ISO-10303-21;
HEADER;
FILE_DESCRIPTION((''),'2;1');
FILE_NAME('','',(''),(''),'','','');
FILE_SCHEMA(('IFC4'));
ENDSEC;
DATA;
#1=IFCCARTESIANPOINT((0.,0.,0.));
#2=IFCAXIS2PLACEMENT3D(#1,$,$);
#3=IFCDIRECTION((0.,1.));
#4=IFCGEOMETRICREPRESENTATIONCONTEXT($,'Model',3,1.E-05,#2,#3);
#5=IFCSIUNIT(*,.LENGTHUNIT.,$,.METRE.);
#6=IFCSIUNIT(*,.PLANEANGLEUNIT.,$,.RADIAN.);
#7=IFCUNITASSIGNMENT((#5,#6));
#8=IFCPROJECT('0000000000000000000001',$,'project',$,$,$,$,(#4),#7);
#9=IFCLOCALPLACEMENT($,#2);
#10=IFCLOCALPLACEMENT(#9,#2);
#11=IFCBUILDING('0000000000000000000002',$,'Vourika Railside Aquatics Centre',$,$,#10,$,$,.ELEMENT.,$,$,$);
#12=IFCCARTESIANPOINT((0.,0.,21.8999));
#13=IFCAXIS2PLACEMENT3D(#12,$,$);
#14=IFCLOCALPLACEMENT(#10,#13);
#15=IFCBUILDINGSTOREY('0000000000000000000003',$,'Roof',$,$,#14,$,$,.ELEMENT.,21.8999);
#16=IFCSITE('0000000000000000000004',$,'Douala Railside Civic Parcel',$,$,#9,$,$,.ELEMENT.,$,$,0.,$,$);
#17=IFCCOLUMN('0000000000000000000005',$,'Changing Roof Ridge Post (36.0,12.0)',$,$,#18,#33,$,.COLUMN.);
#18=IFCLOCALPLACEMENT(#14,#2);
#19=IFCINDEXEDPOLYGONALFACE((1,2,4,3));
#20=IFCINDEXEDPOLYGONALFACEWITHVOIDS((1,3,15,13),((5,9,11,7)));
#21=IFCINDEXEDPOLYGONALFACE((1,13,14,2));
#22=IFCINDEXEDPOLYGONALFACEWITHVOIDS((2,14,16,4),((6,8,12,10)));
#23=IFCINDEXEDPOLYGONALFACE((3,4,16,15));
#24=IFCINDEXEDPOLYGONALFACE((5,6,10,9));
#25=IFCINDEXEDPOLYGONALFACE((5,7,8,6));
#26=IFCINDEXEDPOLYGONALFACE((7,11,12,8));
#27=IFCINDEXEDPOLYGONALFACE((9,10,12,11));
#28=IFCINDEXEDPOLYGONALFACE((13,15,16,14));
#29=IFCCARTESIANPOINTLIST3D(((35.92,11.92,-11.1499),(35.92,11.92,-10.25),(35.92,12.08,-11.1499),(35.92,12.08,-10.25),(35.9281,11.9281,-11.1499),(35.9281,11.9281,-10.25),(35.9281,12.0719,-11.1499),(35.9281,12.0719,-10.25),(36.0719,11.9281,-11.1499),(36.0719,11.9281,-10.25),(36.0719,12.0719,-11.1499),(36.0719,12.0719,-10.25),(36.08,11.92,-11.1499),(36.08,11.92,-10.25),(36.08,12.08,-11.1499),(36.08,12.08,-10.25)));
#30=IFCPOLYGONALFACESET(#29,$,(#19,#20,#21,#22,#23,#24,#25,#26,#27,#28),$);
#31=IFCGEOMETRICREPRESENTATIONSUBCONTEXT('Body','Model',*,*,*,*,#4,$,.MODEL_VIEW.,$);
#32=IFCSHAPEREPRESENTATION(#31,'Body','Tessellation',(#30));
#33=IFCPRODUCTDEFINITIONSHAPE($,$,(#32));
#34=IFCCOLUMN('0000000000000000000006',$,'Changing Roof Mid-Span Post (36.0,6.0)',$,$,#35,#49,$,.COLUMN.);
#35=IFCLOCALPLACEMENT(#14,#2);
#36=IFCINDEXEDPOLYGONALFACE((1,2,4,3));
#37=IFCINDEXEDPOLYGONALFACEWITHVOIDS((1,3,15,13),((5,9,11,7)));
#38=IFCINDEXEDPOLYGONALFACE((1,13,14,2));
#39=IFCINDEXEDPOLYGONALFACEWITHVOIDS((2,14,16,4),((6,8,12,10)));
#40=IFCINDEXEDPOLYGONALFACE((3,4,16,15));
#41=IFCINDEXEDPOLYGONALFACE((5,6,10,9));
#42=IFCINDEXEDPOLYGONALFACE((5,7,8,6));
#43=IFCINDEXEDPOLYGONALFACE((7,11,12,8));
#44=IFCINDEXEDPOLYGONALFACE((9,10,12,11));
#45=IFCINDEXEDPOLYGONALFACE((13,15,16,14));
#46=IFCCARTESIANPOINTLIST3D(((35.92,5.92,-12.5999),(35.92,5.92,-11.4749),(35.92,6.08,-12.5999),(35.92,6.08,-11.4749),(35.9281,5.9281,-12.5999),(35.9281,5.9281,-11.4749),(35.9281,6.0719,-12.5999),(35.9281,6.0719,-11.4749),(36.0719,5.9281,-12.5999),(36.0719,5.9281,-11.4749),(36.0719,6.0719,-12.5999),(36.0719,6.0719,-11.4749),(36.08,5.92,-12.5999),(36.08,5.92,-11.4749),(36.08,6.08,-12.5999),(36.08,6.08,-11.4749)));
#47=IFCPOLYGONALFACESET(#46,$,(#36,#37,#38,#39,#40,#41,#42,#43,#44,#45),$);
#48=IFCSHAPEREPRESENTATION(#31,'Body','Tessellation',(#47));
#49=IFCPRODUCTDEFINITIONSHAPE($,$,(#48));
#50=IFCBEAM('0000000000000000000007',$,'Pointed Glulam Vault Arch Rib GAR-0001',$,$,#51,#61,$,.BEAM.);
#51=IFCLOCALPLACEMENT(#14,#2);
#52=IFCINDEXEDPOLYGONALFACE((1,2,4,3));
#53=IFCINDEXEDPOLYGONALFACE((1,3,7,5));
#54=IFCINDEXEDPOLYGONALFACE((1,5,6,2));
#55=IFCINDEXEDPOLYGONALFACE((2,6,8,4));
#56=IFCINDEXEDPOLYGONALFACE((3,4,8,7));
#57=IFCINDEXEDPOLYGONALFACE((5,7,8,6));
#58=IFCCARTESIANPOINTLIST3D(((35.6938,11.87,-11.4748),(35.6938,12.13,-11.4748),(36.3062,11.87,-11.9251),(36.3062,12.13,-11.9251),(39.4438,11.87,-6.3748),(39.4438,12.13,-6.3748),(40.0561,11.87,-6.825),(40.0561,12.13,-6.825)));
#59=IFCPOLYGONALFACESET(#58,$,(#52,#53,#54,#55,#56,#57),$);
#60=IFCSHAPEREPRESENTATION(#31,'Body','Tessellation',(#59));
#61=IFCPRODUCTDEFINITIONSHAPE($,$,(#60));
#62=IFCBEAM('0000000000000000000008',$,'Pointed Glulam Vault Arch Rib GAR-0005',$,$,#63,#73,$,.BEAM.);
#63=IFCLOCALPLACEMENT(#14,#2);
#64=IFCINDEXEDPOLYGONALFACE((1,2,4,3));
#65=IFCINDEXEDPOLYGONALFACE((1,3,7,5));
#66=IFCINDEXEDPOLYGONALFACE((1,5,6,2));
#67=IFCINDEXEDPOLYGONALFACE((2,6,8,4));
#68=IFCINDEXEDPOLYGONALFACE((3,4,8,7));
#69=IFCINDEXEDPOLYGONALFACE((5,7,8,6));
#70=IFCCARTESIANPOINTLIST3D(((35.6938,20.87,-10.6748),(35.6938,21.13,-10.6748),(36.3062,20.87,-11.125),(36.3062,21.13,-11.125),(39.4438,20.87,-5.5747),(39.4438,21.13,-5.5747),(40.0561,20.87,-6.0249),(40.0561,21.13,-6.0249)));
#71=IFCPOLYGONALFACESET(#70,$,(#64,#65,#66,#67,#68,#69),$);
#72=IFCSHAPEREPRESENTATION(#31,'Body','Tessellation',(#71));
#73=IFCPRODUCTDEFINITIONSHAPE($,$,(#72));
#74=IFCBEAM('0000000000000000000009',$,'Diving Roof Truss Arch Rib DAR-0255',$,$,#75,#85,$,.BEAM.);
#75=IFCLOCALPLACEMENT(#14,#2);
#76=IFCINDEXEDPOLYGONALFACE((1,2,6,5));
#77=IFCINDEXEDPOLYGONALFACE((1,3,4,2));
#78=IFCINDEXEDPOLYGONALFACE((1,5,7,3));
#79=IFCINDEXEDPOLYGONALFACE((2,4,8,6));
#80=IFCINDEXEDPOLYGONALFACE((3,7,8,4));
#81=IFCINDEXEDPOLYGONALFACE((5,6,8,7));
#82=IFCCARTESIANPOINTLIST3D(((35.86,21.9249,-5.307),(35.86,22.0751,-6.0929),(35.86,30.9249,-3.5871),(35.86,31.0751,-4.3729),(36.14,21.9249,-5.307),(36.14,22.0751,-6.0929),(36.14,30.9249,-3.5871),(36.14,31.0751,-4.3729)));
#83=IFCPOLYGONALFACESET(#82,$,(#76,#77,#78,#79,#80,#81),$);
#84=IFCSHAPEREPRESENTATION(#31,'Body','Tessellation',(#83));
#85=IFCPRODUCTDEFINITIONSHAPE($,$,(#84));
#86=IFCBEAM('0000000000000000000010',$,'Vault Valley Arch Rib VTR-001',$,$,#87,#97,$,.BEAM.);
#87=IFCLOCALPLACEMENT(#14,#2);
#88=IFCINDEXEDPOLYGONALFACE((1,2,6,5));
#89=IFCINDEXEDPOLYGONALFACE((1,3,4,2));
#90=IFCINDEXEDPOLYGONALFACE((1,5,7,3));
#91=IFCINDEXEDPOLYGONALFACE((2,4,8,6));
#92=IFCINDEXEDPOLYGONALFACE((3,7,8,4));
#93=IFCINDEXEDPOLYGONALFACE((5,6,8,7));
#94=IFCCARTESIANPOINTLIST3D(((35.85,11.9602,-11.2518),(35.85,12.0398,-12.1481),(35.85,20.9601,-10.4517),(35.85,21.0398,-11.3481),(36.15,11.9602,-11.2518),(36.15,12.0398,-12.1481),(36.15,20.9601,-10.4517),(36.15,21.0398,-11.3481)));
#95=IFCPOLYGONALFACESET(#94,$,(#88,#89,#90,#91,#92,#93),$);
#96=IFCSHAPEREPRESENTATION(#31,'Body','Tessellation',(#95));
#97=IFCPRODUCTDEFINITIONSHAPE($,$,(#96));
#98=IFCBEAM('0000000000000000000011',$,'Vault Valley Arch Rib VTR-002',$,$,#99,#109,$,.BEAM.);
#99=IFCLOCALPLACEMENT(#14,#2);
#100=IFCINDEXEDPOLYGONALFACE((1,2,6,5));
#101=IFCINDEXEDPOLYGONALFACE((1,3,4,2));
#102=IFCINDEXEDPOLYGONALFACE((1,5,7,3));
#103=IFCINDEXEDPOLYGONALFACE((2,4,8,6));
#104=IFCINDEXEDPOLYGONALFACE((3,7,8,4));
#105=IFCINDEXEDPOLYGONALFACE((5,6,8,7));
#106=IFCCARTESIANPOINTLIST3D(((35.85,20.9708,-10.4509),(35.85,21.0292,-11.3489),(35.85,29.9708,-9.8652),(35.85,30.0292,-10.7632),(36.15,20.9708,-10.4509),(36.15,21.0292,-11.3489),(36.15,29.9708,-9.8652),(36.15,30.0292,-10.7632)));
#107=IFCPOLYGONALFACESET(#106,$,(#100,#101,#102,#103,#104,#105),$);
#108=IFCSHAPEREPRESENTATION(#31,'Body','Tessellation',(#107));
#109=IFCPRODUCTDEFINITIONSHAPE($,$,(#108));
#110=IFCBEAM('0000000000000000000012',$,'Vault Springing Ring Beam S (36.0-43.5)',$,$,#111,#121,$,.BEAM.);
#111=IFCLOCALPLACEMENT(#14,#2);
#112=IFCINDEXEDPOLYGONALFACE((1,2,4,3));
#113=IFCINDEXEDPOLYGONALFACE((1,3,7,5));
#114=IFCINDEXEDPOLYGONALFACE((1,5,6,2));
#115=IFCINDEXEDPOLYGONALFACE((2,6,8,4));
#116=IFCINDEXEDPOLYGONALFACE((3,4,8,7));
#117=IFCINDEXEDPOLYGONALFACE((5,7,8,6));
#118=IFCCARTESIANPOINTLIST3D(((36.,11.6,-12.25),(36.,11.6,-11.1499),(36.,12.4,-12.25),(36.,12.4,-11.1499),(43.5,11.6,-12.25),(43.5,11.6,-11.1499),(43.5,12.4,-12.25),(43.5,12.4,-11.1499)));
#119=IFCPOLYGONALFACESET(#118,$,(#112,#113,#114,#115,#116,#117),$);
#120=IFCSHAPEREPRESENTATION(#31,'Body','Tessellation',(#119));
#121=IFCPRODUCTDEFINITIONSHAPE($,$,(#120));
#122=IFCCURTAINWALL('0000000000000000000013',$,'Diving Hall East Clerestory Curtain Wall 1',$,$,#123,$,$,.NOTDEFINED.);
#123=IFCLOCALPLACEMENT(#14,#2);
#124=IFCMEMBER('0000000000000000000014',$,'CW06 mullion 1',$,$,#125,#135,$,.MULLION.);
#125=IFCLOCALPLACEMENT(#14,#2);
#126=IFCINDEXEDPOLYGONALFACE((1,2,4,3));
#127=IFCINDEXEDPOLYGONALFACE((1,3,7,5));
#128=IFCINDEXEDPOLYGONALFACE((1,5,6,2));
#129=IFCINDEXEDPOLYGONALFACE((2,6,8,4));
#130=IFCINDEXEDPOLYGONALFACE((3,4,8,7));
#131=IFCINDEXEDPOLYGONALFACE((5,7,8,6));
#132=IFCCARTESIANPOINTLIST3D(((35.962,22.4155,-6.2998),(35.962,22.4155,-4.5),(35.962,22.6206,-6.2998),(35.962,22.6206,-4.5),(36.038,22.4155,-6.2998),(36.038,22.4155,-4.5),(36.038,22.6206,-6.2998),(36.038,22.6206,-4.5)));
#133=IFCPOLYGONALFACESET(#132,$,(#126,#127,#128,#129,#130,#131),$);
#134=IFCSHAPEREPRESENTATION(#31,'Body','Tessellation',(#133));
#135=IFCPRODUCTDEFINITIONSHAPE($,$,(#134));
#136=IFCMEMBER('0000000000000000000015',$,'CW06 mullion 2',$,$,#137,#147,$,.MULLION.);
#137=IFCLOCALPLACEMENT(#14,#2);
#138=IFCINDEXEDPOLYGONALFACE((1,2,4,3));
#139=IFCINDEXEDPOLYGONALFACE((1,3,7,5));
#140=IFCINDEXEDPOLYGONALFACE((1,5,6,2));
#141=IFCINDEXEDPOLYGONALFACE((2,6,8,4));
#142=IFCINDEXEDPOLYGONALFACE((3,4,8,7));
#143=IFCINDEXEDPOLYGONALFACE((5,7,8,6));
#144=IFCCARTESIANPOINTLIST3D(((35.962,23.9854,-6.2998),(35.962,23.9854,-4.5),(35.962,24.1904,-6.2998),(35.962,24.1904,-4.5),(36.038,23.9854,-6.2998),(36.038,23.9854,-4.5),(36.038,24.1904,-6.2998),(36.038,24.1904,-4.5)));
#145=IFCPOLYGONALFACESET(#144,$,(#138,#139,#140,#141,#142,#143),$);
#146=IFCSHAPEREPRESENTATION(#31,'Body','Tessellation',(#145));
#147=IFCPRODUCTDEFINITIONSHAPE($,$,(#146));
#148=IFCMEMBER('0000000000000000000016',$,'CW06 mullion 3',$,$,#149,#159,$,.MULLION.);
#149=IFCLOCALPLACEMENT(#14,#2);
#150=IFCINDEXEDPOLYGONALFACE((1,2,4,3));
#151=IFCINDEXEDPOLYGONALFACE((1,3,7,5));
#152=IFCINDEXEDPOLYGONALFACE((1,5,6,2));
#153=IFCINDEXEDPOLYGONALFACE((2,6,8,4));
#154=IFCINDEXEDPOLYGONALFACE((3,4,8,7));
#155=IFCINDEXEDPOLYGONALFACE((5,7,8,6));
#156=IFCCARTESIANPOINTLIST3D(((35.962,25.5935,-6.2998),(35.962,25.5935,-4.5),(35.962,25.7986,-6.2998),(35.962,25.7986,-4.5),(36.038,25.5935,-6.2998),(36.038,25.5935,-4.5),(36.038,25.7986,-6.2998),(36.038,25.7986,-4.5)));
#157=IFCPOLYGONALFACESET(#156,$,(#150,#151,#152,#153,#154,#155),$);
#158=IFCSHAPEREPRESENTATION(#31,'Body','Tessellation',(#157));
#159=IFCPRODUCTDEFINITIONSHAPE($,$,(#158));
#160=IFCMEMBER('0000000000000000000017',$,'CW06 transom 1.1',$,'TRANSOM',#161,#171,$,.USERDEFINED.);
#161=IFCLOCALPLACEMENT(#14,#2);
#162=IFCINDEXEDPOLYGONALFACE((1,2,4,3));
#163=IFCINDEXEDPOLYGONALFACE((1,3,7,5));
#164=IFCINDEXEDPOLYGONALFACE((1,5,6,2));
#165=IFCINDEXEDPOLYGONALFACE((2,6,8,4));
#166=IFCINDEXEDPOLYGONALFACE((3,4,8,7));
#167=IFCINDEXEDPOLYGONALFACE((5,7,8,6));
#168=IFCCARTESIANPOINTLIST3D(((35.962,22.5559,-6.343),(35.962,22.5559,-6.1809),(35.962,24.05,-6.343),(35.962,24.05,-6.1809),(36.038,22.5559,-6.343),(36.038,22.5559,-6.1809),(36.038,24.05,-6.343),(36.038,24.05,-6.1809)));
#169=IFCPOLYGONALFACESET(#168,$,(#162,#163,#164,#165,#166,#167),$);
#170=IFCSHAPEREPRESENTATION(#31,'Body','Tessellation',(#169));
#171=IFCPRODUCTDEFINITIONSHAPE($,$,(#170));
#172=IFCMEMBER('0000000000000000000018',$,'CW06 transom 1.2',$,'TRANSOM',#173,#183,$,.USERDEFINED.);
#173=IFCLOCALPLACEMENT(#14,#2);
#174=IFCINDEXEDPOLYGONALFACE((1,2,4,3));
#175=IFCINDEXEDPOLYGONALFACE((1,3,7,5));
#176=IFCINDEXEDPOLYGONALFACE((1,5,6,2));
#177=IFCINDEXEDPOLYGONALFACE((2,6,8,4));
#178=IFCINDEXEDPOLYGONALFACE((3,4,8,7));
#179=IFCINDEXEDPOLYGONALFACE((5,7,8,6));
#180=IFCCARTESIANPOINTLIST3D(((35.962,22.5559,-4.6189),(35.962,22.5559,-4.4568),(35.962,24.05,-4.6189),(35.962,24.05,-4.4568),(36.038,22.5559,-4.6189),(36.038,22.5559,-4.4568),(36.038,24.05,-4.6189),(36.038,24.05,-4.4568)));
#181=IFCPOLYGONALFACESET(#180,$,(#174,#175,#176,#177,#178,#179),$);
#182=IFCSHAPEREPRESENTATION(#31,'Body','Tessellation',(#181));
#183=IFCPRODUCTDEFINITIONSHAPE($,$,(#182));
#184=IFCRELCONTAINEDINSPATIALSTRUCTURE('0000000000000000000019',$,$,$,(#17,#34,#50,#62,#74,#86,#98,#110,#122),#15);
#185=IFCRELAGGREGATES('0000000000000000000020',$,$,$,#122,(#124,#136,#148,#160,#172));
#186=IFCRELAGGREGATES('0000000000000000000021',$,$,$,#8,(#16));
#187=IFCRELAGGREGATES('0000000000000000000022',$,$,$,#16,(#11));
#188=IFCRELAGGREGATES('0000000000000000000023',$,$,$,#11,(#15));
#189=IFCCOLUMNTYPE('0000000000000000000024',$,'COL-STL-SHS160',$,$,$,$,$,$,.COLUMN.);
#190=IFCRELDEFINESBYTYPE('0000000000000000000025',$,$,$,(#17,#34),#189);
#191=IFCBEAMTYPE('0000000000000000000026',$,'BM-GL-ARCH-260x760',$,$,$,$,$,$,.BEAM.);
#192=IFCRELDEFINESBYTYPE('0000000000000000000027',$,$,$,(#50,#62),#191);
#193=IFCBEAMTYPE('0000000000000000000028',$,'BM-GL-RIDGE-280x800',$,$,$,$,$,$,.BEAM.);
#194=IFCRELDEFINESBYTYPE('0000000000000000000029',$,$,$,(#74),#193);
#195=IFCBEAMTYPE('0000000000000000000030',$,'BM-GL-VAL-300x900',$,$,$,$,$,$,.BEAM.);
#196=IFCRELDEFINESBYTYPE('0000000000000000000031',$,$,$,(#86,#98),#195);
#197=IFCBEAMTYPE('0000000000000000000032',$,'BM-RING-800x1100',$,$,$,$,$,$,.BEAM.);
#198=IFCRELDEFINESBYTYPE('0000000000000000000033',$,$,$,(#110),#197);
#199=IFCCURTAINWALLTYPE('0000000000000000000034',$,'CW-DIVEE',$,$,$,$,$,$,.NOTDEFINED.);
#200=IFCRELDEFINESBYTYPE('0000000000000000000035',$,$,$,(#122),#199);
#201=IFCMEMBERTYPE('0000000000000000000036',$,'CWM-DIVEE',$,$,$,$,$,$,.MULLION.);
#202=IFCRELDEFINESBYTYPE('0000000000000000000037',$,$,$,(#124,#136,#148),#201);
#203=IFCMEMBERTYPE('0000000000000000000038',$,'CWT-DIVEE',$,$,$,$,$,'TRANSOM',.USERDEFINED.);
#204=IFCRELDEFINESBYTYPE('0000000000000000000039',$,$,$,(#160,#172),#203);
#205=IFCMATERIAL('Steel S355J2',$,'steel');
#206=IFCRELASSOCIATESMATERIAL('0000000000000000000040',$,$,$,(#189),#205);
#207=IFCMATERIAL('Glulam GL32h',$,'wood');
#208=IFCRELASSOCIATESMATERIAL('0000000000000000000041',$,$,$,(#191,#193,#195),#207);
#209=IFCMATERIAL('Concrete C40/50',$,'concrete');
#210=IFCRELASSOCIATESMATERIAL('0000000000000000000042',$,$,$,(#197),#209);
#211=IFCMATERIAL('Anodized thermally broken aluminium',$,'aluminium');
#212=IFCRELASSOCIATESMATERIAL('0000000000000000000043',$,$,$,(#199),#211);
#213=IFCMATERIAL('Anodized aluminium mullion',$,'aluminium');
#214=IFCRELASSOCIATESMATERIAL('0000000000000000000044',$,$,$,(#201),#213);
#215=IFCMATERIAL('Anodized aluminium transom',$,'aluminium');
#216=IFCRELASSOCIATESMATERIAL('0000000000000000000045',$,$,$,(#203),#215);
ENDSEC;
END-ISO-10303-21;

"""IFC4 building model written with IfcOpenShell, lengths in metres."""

from ifc_helpers import new_model, si_unit, direction, frame, origin, origin_2d, place, context, subcontext, project, spatial, rectangle, hollow_rectangle, extrude, material, material_profile, profile_set, type_object, element, aggregate, save


model = new_model("IFC4")

# Units and contexts
model_context = context("Model", 3, precision=1e-05, world=origin(), true_north=direction((0.0, 1.0)))
body_context = subcontext(model_context, "Body", "Model", "MODEL_VIEW")
ifc_project = project(units=[si_unit("LENGTHUNIT", "METRE"), si_unit("PLANEANGLEUNIT", "RADIAN")], contexts=[model_context])

# Site, building, storey
site_placement = place(None, origin())
site = spatial("IfcSite", under=ifc_project, at=site_placement, Name="Douala Railside Civic Parcel", CompositionType="ELEMENT", RefElevation=0.0)
building_placement = place(site_placement, origin())
building = spatial("IfcBuilding", under=site, at=building_placement, Name="Vourika Railside Aquatics Centre", CompositionType="ELEMENT")
storey_placement = place(building_placement, frame((0.0, 0.0, 21.8999)))
storey = spatial("IfcBuildingStorey", under=building, at=storey_placement, Name="Roof", CompositionType="ELEMENT", Elevation=21.8999)

# Columns
ifc_material_1 = material(Name="Steel S355J2", Category="steel")
ifc_material_profile_1 = material_profile(ifc_material_1, hollow_rectangle(XDim=0.1599, YDim=0.1599, WallThickness=0.0081, at=origin_2d()), Name="SHS 160x160x8")
ifc_profile_set_1 = profile_set([ifc_material_profile_1], Name="Steel S355J2")
column_type = type_object("IfcColumnType", Name="COL-STL-SHS160", PredefinedType="COLUMN", material=ifc_profile_set_1)
column_1_placement = place(storey_placement, frame((36.0, 12.0, -11.1499), z_axis=(0.0, 0.0, 1.0), x_axis=(1.0, 0.0, 0.0)))
element("IfcColumn", 1, at=column_1_placement, inside=storey, type_object=column_type, Name="Changing Roof Ridge Post (36.0,12.0)", PredefinedType="COLUMN", context=body_context, shape_type="SweptSolid", body=[
    extrude(hollow_rectangle(XDim=0.1599, YDim=0.1599, WallThickness=0.0081, at=origin_2d()), origin(), (0.0, 0.0, 1.0), 0.8999),
])
column_2_placement = place(storey_placement, frame((36.0, 6.0, -12.5999), z_axis=(0.0, 0.0, 1.0), x_axis=(1.0, 0.0, 0.0)))
element("IfcColumn", 2, at=column_2_placement, inside=storey, type_object=column_type, Name="Changing Roof Mid-Span Post (36.0,6.0)", PredefinedType="COLUMN", context=body_context, shape_type="SweptSolid", body=[
    extrude(hollow_rectangle(XDim=0.1599, YDim=0.1599, WallThickness=0.0081, at=origin_2d()), origin(), (0.0, 0.0, 1.0), 1.125),
])

# Beams
ifc_material_2 = material(Name="Glulam GL32h", Category="wood")
ifc_material_profile_2 = material_profile(ifc_material_2, rectangle(XDim=0.26, YDim=0.76, at=origin_2d()), Name="GL32h 260x760")
ifc_profile_set_2 = profile_set([ifc_material_profile_2], Name="Glulam GL32h")
beam_type_1 = type_object("IfcBeamType", Name="BM-GL-ARCH-260x760", PredefinedType="BEAM", material=ifc_profile_set_2)
for number, where, z_axis, x_axis, name in (
    (3, (36.0, 12.0, -11.7), (0.592383, 0.0, 0.805656), (0.0, 1.0, 0.0), "Pointed Glulam Vault Arch Rib GAR-0001"),
    (4, (36.0, 21.0, -10.8999), (0.592383, 0.0, 0.805656), (0.0, 1.0, 0.0), "Pointed Glulam Vault Arch Rib GAR-0005"),
):
    element("IfcBeam", number, at=place(storey_placement, frame(where, z_axis=z_axis, x_axis=x_axis)), inside=storey, type_object=beam_type_1, Name=name, PredefinedType="BEAM", context=body_context, shape_type="SweptSolid", body=[
        extrude(rectangle(XDim=0.26, YDim=0.76, at=origin_2d()), origin(), (0.0, 0.0, 1.0), 6.3303),
    ])
ifc_material_profile_3 = material_profile(ifc_material_2, rectangle(XDim=0.28, YDim=0.8, at=origin_2d()), Name="GL32h 280x800")
ifc_profile_set_3 = profile_set([ifc_material_profile_3], Name="Glulam GL32h")
beam_type_2 = type_object("IfcBeamType", Name="BM-GL-RIDGE-280x800", PredefinedType="BEAM", material=ifc_profile_set_3)
beam_1_placement = place(storey_placement, frame((36.0, 22.0, -5.7), z_axis=(0.0, 0.982224, 0.187711), x_axis=(-1.0, 0.0, 0.0)))
element("IfcBeam", 5, at=beam_1_placement, inside=storey, type_object=beam_type_2, Name="Diving Roof Truss Arch Rib DAR-0255", PredefinedType="BEAM", context=body_context, shape_type="SweptSolid", body=[
    extrude(rectangle(XDim=0.28, YDim=0.8, at=origin_2d()), origin(), (0.0, 0.0, 1.0), 9.1628),
])
ifc_material_profile_4 = material_profile(ifc_material_2, rectangle(XDim=0.3, YDim=0.8999, at=origin_2d()), Name="GL32h 300x900")
ifc_profile_set_4 = profile_set([ifc_material_profile_4], Name="Glulam GL32h")
beam_type_3 = type_object("IfcBeamType", Name="BM-GL-VAL-300x900", PredefinedType="BEAM", material=ifc_profile_set_4)
beam_2_placement = place(storey_placement, frame((36.0, 12.0, -11.7), z_axis=(0.0, 0.996072, 0.088545), x_axis=(-1.0, 0.0, 0.0)))
element("IfcBeam", 6, at=beam_2_placement, inside=storey, type_object=beam_type_3, Name="Vault Valley Arch Rib VTR-001", PredefinedType="BEAM", context=body_context, shape_type="SweptSolid", body=[
    extrude(rectangle(XDim=0.3, YDim=0.8999, at=origin_2d()), origin(), (0.0, 0.0, 1.0), 9.0354),
])
beam_3_placement = place(storey_placement, frame((36.0, 21.0, -10.8999), z_axis=(0.0, 0.997889, 0.06494), x_axis=(-1.0, 0.0, 0.0)))
element("IfcBeam", 7, at=beam_3_placement, inside=storey, type_object=beam_type_3, Name="Vault Valley Arch Rib VTR-002", PredefinedType="BEAM", context=body_context, shape_type="SweptSolid", body=[
    extrude(rectangle(XDim=0.3, YDim=0.8999, at=origin_2d()), origin(), (0.0, 0.0, 1.0), 9.019),
])
ifc_material_3 = material(Name="Concrete C40/50", Category="concrete")
ifc_material_profile_5 = material_profile(ifc_material_3, rectangle(XDim=0.8, YDim=1.1001, at=origin_2d()), Name="RC 800x1100")
ifc_profile_set_5 = profile_set([ifc_material_profile_5], Name="Concrete C40/50")
beam_type_4 = type_object("IfcBeamType", Name="BM-RING-800x1100", PredefinedType="BEAM", material=ifc_profile_set_5)
beam_4_placement = place(storey_placement, frame((36.0, 12.0, -11.7), z_axis=(1.0, 0.0, 0.0), x_axis=(0.0, 1.0, 0.0)))
element("IfcBeam", 8, at=beam_4_placement, inside=storey, type_object=beam_type_4, Name="Vault Springing Ring Beam S (36.0-43.5)", PredefinedType="BEAM", context=body_context, shape_type="SweptSolid", body=[
    extrude(rectangle(XDim=0.8, YDim=1.1001, at=origin_2d()), origin(), (0.0, 0.0, 1.0), 7.5),
])

# Curtain wall, members
ifc_material_4 = material(Name="Anodized thermally broken aluminium", Category="aluminium")
curtain_wall_type = type_object("IfcCurtainWallType", Name="CW-DIVEE", PredefinedType="NOTDEFINED", material=ifc_material_4)
curtain_wall_placement = place(storey_placement, origin())
curtain_wall = element("IfcCurtainWall", 9, at=curtain_wall_placement, inside=storey, type_object=curtain_wall_type, Name="Diving Hall East Clerestory Curtain Wall 1", PredefinedType="NOTDEFINED")
ifc_material_5 = material(Name="Anodized aluminium mullion", Category="aluminium")
ifc_material_profile_6 = material_profile(ifc_material_5, rectangle(XDim=0.0759, YDim=0.2051, at=origin_2d()), Name="ALU-M 76x205")
ifc_profile_set_6 = profile_set([ifc_material_profile_6], Name="Anodized aluminium mullion")
member_type_1 = type_object("IfcMemberType", Name="CWM-DIVEE", PredefinedType="MULLION", material=ifc_profile_set_6)
member_1_placement = place(storey_placement, frame((36.0, 22.5181, -6.2998), z_axis=(0.0, 0.0, 1.0), x_axis=(-1.0, 0.0, 0.0)))
member_1 = element("IfcMember", 10, at=member_1_placement, type_object=member_type_1, Name="CW06 mullion 1", PredefinedType="MULLION", context=body_context, shape_type="SweptSolid", body=[
    extrude(rectangle(XDim=0.0759, YDim=0.2051, at=origin_2d()), origin(), (0.0, 0.0, 1.0), 1.7998),
])
member_2_placement = place(storey_placement, frame((36.0, 24.0879, -6.2998), z_axis=(0.0, 0.0, 1.0), x_axis=(-1.0, 0.0, 0.0)))
member_2 = element("IfcMember", 11, at=member_2_placement, type_object=member_type_1, Name="CW06 mullion 2", PredefinedType="MULLION", context=body_context, shape_type="SweptSolid", body=[
    extrude(rectangle(XDim=0.0759, YDim=0.2051, at=origin_2d()), origin(), (0.0, 0.0, 1.0), 1.7998),
])
member_3_placement = place(storey_placement, frame((36.0, 25.696, -6.2998), z_axis=(0.0, 0.0, 1.0), x_axis=(-1.0, 0.0, 0.0)))
member_3 = element("IfcMember", 12, at=member_3_placement, type_object=member_type_1, Name="CW06 mullion 3", PredefinedType="MULLION", context=body_context, shape_type="SweptSolid", body=[
    extrude(rectangle(XDim=0.0759, YDim=0.2051, at=origin_2d()), origin(), (0.0, 0.0, 1.0), 1.7998),
])
ifc_material_6 = material(Name="Anodized aluminium transom", Category="aluminium")
ifc_material_profile_7 = material_profile(ifc_material_6, rectangle(XDim=0.0759, YDim=0.1621, at=origin_2d()), Name="ALU-T 76x162")
ifc_profile_set_7 = profile_set([ifc_material_profile_7], Name="Anodized aluminium transom")
member_type_2 = type_object("IfcMemberType", Name="CWT-DIVEE", ElementType="TRANSOM", PredefinedType="USERDEFINED", material=ifc_profile_set_7)
member_4_placement = place(storey_placement, frame((36.0, 22.5559, -6.262), z_axis=(0.0, 1.0, 0.0), x_axis=(-1.0, 0.0, 0.0)))
member_4 = element("IfcMember", 13, at=member_4_placement, type_object=member_type_2, Name="CW06 transom 1.1", ObjectType="TRANSOM", PredefinedType="USERDEFINED", context=body_context, shape_type="SweptSolid", body=[
    extrude(rectangle(XDim=0.0759, YDim=0.1621, at=origin_2d()), origin(), (0.0, 0.0, 1.0), 1.4941),
])
member_5_placement = place(storey_placement, frame((36.0, 22.5559, -4.5378), z_axis=(0.0, 1.0, 0.0), x_axis=(-1.0, 0.0, 0.0)))
member_5 = element("IfcMember", 14, at=member_5_placement, type_object=member_type_2, Name="CW06 transom 1.2", ObjectType="TRANSOM", PredefinedType="USERDEFINED", context=body_context, shape_type="SweptSolid", body=[
    extrude(rectangle(XDim=0.0759, YDim=0.1621, at=origin_2d()), origin(), (0.0, 0.0, 1.0), 1.4941),
])

aggregate(curtain_wall, [member_1, member_2, member_3, member_4, member_5])

save(model, "model.ifc")
